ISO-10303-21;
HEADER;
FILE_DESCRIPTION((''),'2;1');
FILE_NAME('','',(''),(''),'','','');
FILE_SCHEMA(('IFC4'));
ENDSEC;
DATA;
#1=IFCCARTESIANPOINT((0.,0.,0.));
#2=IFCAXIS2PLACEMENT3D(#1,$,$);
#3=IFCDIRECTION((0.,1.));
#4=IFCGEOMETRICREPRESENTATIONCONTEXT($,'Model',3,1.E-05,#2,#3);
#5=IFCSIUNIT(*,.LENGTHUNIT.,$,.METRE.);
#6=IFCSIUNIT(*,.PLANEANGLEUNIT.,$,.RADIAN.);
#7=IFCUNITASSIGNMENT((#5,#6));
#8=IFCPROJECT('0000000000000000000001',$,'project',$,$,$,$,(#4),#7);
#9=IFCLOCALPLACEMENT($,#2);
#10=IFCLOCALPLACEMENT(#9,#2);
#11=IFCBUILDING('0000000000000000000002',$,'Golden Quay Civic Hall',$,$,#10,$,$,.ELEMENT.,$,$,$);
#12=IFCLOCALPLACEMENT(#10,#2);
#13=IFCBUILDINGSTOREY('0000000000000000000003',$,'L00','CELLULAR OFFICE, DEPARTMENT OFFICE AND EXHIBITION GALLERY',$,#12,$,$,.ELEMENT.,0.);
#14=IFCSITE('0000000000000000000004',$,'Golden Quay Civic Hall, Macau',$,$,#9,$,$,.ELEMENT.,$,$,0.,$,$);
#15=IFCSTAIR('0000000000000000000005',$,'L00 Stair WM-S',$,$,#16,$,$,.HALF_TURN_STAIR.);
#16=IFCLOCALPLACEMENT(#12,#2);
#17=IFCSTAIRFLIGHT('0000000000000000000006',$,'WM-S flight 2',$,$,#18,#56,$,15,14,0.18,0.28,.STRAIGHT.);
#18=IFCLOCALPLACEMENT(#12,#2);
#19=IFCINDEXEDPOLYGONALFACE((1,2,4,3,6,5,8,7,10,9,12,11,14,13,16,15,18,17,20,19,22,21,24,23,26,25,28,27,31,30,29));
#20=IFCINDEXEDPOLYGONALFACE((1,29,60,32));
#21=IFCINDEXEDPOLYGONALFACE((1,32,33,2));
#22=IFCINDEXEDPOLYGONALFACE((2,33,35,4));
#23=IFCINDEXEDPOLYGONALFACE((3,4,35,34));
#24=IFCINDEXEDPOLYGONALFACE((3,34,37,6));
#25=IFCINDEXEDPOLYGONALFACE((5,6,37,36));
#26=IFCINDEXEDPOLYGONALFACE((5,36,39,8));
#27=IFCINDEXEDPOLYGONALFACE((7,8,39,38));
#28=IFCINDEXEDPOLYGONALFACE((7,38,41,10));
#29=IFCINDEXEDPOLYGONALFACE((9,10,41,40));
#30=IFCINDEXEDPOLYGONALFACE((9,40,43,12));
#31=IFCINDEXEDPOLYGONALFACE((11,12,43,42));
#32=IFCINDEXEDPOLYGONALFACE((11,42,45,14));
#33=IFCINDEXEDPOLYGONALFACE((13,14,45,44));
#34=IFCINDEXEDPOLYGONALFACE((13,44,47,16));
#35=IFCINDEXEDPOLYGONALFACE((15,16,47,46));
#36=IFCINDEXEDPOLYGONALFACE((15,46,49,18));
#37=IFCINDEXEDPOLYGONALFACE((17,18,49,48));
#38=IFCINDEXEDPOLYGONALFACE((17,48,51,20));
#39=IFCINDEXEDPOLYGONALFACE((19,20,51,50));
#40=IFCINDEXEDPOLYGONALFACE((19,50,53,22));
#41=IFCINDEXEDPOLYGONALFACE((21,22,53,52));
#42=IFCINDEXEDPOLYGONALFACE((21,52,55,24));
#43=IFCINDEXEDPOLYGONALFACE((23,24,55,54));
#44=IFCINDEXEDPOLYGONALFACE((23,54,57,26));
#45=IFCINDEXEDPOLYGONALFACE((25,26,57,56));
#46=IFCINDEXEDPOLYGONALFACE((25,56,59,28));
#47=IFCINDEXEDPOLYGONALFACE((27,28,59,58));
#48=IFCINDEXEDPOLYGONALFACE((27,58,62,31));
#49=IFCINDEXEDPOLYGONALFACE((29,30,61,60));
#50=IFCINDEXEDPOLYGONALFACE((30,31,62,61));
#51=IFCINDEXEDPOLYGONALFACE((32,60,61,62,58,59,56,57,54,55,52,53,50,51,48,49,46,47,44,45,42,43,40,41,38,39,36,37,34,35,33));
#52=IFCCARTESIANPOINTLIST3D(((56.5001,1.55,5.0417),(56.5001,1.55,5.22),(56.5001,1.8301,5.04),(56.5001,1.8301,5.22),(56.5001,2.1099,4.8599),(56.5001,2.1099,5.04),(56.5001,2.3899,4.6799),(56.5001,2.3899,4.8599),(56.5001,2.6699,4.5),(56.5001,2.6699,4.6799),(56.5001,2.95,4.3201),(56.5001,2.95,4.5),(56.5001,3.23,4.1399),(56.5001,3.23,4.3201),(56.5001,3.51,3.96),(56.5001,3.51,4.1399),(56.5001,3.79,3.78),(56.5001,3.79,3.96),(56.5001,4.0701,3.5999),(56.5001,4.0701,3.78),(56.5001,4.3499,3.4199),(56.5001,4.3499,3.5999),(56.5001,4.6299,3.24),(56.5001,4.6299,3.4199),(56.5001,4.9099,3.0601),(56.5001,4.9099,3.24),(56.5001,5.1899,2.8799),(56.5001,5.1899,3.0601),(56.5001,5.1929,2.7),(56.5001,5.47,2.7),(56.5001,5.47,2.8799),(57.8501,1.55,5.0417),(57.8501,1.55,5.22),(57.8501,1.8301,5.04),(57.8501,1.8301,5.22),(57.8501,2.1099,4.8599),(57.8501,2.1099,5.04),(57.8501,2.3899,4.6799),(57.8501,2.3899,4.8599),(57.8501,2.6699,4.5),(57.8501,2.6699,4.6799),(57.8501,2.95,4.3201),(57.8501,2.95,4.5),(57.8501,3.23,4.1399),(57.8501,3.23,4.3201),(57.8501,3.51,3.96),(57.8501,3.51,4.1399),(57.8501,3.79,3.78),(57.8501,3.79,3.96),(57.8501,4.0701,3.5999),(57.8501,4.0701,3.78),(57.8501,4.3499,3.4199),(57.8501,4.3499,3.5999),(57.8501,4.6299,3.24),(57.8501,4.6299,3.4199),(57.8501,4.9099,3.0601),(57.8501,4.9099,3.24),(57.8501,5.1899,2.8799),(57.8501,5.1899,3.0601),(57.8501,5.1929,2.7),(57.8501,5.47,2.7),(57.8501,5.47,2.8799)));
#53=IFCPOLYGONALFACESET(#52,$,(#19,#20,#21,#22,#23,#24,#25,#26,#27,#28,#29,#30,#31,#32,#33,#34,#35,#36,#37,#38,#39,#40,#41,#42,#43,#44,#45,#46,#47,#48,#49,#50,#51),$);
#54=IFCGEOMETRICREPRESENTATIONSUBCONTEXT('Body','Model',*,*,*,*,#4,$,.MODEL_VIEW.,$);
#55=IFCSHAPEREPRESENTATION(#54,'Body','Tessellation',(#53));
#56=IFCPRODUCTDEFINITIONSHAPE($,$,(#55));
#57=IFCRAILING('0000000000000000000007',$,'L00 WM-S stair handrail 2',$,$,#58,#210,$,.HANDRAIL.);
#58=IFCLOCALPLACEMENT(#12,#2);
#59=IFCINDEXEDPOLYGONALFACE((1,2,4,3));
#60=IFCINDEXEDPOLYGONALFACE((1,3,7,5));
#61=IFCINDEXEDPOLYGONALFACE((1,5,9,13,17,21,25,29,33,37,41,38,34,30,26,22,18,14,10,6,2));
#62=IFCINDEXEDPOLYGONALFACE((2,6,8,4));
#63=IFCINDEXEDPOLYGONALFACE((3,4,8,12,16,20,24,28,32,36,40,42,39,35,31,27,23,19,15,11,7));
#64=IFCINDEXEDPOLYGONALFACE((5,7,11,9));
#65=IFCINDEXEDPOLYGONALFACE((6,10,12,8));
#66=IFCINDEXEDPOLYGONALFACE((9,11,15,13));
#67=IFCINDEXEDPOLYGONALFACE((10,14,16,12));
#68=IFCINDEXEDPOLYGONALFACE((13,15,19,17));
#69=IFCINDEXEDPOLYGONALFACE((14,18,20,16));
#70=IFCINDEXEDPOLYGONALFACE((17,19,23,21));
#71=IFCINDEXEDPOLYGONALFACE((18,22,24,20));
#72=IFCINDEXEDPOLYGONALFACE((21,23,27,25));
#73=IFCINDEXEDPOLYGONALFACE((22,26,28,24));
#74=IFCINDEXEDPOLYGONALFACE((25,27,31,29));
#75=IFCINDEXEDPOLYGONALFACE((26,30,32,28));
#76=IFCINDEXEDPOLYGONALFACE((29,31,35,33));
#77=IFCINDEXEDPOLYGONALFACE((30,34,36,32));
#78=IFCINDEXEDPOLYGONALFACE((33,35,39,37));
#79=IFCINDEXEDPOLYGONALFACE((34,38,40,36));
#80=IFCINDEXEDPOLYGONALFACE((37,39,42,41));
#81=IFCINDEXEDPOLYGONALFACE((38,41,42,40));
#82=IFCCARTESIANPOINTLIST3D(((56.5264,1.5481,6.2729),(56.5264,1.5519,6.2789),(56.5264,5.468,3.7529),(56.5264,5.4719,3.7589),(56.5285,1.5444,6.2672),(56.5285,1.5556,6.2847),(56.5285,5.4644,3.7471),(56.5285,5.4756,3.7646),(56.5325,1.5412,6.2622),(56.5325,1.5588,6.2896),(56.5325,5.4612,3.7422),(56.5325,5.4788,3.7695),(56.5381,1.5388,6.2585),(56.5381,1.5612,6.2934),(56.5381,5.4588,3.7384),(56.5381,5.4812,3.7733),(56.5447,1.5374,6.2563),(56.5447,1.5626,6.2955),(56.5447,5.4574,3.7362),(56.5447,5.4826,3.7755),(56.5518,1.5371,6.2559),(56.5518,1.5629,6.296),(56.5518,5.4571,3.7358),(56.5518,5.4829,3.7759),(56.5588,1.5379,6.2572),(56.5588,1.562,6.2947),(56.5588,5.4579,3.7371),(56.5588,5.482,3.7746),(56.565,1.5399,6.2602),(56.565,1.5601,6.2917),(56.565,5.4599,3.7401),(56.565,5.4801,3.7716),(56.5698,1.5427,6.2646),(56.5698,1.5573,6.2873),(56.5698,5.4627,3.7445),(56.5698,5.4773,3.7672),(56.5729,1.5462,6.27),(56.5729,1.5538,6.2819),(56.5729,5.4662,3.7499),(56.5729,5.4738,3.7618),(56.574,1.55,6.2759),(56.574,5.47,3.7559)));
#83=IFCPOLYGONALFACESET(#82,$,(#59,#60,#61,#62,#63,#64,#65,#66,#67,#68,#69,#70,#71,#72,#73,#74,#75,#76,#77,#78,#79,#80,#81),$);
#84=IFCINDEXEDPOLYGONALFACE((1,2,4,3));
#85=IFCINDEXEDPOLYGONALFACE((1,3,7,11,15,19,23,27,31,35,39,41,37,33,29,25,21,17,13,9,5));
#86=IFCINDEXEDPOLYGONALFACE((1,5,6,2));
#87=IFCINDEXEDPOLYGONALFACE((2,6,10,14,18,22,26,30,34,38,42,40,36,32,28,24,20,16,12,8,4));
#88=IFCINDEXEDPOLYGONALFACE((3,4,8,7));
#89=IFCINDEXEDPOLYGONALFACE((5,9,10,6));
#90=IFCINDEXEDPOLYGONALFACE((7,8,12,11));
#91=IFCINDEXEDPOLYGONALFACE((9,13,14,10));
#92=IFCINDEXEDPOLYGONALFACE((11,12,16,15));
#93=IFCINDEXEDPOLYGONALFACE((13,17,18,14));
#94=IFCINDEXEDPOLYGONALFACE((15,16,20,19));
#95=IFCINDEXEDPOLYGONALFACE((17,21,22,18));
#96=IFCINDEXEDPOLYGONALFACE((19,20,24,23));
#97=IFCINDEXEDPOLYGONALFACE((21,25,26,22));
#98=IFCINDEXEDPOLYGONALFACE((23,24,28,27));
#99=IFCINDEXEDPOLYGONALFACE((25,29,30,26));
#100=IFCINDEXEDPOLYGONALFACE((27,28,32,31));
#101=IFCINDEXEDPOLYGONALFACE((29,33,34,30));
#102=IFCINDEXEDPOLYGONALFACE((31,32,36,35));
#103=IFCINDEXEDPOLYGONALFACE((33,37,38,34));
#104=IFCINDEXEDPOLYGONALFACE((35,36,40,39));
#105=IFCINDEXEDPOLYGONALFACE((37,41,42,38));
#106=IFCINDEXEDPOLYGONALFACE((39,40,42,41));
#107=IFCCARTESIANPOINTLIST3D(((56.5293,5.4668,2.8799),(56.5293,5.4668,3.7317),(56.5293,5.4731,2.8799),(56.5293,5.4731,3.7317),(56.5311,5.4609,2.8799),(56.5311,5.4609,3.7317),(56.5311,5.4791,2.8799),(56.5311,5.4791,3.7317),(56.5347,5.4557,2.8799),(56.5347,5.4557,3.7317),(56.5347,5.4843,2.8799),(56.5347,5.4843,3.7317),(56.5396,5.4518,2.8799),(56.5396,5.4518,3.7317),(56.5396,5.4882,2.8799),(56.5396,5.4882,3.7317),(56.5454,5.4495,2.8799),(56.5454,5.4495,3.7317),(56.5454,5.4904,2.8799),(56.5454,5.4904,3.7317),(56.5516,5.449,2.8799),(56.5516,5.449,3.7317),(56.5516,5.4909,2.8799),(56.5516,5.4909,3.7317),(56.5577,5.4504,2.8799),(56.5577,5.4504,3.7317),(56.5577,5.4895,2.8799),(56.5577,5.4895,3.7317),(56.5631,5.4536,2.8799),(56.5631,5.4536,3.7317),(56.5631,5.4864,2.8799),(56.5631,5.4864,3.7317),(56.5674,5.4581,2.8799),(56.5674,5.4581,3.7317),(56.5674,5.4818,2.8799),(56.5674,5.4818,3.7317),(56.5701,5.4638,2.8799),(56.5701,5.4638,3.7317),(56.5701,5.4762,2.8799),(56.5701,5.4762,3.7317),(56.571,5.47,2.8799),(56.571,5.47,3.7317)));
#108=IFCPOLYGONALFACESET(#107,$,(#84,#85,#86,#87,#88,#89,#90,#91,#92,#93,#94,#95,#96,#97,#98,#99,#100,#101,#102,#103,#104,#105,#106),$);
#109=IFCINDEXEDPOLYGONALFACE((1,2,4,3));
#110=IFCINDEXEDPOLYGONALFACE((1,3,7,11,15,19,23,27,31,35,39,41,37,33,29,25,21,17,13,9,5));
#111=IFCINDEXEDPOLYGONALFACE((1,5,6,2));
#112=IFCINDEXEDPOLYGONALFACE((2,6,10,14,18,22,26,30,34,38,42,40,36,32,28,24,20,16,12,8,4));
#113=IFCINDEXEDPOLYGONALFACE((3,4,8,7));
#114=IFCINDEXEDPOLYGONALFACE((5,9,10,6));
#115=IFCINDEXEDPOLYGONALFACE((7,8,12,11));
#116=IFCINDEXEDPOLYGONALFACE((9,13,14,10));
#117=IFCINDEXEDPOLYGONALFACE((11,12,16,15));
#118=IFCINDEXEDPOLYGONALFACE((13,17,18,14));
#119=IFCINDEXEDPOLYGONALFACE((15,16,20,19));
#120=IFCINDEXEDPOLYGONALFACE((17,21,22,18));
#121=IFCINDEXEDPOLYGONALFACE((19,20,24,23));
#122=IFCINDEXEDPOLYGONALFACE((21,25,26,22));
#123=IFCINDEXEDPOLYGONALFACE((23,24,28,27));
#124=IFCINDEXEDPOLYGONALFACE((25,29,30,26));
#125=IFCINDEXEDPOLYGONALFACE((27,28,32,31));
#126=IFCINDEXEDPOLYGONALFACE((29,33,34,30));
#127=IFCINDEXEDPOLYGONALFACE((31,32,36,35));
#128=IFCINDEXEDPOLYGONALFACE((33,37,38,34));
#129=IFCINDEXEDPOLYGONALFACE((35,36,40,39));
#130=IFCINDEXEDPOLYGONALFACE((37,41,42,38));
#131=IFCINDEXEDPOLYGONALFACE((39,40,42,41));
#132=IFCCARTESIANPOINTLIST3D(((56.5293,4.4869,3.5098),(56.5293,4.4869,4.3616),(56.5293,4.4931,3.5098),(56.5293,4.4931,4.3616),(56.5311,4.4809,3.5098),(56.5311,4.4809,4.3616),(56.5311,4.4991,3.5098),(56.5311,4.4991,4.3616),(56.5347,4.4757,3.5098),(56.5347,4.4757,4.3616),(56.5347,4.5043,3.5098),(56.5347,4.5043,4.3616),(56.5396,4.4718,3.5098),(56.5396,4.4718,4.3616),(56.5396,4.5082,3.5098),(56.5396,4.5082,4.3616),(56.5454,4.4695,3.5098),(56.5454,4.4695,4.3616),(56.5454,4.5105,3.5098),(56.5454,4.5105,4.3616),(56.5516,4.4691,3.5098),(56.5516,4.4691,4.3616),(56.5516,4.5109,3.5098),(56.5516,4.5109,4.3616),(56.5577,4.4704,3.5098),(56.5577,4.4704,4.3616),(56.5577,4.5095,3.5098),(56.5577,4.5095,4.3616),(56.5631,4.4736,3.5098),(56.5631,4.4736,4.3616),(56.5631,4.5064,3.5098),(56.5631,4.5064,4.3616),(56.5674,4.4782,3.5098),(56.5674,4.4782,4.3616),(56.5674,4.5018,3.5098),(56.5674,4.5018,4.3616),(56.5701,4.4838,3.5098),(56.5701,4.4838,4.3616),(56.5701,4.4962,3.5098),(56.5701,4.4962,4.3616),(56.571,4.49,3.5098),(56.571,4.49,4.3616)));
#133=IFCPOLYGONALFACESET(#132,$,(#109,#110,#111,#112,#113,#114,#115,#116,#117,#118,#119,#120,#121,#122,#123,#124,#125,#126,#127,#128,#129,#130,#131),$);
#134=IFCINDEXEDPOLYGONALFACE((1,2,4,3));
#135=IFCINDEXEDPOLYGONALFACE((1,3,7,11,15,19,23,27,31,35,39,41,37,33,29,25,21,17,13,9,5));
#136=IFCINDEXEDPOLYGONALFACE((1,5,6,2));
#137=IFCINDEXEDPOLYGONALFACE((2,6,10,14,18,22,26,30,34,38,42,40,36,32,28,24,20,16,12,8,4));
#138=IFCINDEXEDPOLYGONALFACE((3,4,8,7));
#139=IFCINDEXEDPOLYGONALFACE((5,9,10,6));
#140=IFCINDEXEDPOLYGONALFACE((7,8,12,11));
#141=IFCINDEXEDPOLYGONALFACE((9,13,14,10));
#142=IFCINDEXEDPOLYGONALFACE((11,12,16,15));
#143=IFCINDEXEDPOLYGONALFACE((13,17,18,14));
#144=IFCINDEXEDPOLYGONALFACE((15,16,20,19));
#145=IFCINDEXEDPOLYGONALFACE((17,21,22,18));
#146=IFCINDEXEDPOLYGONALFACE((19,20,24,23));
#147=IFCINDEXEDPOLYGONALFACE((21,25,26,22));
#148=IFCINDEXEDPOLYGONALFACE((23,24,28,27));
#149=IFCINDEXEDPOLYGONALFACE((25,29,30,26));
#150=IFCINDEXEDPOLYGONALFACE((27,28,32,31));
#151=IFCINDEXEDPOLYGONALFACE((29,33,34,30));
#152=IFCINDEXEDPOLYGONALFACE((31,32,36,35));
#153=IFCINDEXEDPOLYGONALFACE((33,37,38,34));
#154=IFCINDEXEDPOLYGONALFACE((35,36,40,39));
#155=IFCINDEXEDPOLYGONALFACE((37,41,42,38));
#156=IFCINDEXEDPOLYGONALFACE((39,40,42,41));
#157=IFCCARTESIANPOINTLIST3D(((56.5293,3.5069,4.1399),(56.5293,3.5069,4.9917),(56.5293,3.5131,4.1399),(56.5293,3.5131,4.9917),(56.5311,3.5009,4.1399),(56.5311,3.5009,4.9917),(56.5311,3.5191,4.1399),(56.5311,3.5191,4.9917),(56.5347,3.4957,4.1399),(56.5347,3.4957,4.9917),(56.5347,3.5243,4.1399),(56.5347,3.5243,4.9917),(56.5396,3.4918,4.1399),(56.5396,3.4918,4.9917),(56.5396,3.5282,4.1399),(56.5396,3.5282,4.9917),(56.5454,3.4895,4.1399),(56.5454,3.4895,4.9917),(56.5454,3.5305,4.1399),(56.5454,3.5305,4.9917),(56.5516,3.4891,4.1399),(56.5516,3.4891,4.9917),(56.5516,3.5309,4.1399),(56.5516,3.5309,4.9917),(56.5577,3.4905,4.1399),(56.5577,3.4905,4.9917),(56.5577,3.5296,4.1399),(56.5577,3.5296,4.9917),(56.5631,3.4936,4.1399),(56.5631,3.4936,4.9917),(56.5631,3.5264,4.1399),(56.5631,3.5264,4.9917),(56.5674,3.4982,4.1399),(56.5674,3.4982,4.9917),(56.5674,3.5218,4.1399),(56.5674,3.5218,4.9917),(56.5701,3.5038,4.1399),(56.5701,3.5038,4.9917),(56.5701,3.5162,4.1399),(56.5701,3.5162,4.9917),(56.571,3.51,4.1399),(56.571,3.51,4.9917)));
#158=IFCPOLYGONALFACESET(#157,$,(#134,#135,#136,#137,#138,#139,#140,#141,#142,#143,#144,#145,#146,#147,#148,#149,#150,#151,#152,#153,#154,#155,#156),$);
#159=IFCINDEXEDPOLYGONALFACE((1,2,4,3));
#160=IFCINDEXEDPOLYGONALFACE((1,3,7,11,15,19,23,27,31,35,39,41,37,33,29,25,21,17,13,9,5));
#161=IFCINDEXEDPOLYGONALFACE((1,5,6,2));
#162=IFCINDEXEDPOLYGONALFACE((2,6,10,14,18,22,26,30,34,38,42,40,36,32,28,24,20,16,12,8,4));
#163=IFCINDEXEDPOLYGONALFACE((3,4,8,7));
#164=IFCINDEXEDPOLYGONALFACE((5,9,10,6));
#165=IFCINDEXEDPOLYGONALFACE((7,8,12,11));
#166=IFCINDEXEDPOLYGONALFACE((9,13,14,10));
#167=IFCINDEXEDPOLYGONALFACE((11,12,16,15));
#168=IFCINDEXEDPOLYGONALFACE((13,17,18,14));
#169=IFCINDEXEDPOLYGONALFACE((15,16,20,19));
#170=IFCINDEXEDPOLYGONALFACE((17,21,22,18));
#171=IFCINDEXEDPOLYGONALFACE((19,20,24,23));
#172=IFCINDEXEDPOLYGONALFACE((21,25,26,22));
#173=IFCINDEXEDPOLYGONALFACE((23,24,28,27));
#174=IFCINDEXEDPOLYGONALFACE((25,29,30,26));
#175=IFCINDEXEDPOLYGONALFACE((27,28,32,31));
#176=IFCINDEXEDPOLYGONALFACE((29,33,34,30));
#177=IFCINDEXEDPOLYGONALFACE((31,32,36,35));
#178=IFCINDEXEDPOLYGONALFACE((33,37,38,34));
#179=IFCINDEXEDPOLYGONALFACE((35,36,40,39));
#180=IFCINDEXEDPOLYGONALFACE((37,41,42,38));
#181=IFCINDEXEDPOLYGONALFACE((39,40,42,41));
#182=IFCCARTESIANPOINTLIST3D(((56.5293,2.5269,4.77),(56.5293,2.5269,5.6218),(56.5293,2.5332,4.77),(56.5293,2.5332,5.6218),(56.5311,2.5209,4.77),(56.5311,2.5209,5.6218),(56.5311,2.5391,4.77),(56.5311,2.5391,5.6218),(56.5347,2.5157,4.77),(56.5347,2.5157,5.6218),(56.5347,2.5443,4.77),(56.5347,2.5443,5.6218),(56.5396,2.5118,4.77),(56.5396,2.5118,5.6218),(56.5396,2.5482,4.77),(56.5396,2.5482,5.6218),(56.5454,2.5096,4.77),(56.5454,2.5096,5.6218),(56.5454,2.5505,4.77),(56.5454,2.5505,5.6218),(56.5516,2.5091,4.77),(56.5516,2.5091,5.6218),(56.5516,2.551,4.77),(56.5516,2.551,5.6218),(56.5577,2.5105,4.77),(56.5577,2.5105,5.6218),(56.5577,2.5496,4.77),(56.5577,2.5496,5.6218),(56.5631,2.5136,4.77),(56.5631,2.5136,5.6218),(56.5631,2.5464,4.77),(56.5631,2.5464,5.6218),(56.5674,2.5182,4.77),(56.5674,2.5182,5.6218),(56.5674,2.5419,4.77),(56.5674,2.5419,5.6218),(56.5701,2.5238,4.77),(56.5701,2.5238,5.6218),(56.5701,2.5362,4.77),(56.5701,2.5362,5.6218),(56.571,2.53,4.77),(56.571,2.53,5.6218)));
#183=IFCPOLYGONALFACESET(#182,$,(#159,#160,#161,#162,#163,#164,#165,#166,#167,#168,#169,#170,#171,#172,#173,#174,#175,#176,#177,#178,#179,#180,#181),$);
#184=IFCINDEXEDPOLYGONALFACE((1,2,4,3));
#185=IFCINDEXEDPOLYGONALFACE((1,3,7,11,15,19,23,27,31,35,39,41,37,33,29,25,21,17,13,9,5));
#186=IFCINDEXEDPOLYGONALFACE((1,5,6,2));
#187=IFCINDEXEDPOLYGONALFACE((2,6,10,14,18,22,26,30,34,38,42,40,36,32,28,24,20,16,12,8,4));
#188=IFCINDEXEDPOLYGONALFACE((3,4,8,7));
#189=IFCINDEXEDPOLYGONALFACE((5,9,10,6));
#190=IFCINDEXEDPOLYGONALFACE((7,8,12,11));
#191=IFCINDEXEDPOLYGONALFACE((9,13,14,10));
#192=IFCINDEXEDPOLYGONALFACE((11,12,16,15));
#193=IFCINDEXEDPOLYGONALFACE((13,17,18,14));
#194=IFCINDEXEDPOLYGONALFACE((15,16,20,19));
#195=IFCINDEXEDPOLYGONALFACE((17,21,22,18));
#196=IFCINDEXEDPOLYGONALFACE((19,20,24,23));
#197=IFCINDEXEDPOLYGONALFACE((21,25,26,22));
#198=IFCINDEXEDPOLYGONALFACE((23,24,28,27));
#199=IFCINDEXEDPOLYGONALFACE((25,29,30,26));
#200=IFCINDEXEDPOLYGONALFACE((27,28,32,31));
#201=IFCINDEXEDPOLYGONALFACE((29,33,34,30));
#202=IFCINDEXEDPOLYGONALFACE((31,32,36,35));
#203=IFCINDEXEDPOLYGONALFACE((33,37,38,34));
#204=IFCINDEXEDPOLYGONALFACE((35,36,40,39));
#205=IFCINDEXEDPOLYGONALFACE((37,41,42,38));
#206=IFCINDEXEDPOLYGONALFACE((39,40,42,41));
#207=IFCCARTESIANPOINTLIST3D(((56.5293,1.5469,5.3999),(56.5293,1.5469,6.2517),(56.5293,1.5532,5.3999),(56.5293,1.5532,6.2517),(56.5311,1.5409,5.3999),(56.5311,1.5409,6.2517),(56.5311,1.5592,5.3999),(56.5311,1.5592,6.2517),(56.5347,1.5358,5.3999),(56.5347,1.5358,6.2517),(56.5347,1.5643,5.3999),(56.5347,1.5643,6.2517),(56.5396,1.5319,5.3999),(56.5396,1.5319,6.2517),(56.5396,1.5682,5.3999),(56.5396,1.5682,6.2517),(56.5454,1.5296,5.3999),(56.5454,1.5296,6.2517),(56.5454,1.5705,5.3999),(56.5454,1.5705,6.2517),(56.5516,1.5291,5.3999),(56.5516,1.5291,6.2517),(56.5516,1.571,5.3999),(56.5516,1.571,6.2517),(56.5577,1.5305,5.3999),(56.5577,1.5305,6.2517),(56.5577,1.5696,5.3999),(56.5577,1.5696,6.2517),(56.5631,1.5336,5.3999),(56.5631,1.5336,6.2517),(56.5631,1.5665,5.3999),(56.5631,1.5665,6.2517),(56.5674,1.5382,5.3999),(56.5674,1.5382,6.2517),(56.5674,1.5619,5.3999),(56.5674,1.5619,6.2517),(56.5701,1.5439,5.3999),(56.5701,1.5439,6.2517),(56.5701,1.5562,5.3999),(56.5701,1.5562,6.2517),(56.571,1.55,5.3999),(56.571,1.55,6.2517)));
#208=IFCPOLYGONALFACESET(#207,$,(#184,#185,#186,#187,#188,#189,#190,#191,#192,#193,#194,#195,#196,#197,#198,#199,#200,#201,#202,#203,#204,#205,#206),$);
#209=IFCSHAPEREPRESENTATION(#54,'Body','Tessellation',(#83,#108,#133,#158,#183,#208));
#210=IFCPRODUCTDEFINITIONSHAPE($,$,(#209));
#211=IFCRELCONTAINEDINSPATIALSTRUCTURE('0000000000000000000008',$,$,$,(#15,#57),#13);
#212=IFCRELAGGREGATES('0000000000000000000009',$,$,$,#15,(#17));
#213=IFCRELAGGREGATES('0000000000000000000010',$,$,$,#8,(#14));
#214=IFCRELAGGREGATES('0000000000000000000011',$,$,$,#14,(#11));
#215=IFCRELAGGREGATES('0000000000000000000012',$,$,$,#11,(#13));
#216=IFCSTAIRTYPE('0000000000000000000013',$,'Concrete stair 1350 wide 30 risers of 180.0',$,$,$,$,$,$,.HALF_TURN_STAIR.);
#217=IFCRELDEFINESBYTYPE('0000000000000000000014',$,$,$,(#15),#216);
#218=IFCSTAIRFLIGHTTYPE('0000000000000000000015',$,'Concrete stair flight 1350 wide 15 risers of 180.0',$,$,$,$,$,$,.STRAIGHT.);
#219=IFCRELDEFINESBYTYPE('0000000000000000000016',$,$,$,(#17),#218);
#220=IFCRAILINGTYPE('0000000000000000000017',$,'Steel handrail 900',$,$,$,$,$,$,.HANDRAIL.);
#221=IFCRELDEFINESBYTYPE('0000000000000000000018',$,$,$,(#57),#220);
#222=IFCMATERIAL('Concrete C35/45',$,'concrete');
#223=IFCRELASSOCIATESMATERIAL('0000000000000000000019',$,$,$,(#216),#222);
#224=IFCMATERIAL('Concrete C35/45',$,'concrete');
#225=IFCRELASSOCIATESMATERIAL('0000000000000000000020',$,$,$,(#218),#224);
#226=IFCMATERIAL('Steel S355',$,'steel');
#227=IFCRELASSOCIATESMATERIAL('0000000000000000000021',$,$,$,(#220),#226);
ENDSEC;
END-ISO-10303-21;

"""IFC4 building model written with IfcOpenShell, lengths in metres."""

from ifc_helpers import new_model, si_unit, direction, frame, origin, origin_2d, place, context, subcontext, project, spatial, polyline, circle, outline, extrude, material, type_object, element, aggregate, save


model = new_model("IFC4")

# Units and contexts
model_context = context("Model", 3, precision=1e-05, world=origin(), true_north=direction((0.0, 1.0)))
body_context = subcontext(model_context, "Body", "Model", "MODEL_VIEW")
ifc_project = project(units=[si_unit("LENGTHUNIT", "METRE"), si_unit("PLANEANGLEUNIT", "RADIAN")], contexts=[model_context])

# Site, building, storey
site_placement = place(None, origin())
site = spatial("IfcSite", under=ifc_project, at=site_placement, Name="Golden Quay Civic Hall, Macau", CompositionType="ELEMENT", RefElevation=0.0)
building_placement = place(site_placement, origin())
building = spatial("IfcBuilding", under=site, at=building_placement, Name="Golden Quay Civic Hall", CompositionType="ELEMENT")
storey_placement = place(building_placement, origin())
storey = spatial("IfcBuildingStorey", under=building, at=storey_placement, Name="L00", Description="CELLULAR OFFICE, DEPARTMENT OFFICE AND EXHIBITION GALLERY", CompositionType="ELEMENT", Elevation=0.0)

# Stair, stair flight
ifc_material_1 = material(Name="Concrete C35/45", Category="concrete")
stair_type = type_object("IfcStairType", Name="Concrete stair 1350 wide 30 risers of 180.0", PredefinedType="HALF_TURN_STAIR", material=ifc_material_1)
stair_placement = place(storey_placement, origin())
stair = element("IfcStair", 1, at=stair_placement, inside=storey, type_object=stair_type, Name="L00 Stair WM-S", PredefinedType="HALF_TURN_STAIR")
ifc_material_2 = material(Name="Concrete C35/45", Category="concrete")
stair_flight_type = type_object("IfcStairFlightType", Name="Concrete stair flight 1350 wide 15 risers of 180.0", PredefinedType="STRAIGHT", material=ifc_material_2)
stair_flight_placement = place(storey_placement, frame((57.175, 5.47, 2.7), z_axis=(0.0, 0.0, 1.0), x_axis=(0.0, -1.0, 0.0)))
stair_flight = element("IfcStairFlight", 2, at=stair_flight_placement, type_object=stair_flight_type, Name="WM-S flight 2", NumberOfRisers=15, NumberOfTreads=14, PredefinedType="STRAIGHT", RiserHeight=0.18, TreadLength=0.28, context=body_context, shape_type="SweptSolid", body=[
    extrude(outline(polyline([(0.0, 0.0), (0.0, 0.1799), (0.28, 0.1799), (0.28, 0.3601), (0.5601, 0.3601), (0.5601, 0.54), (0.8401, 0.54), (0.8401, 0.72), (1.1201, 0.72), (1.1201, 0.8999), (1.3999, 0.8999), (1.3999, 1.0801), (1.6799, 1.0801), (1.6799, 1.26), (1.96, 1.26), (1.96, 1.4399), (2.24, 1.4399), (2.24, 1.6201), (2.52, 1.6201), (2.52, 1.8), (2.8, 1.8), (2.8, 1.98), (3.0801, 1.98), (3.0801, 2.1599), (3.3601, 2.1599), (3.3601, 2.3401), (3.6399, 2.3401), (3.6399, 2.52), (3.9199, 2.52), (3.9199, 2.7), (3.9199, 2.3418), (0.2771, 0.0), (0.0, 0.0)])), frame((0.0, 0.675, 0.0), z_axis=(0.0, -1.0, 0.0), x_axis=(1.0, 0.0, 0.0)), (0.0, 0.0, 1.0), 1.35),
])
aggregate(stair, [stair_flight])

# Railing
ifc_material_3 = material(Name="Steel S355", Category="steel")
railing_type = type_object("IfcRailingType", Name="Steel handrail 900", PredefinedType="HANDRAIL", material=ifc_material_3)
railing_placement = place(storey_placement, frame((56.55, 5.47, 2.8799)))
element("IfcRailing", 3, at=railing_placement, inside=storey, type_object=railing_type, Name="L00 WM-S stair handrail 2", PredefinedType="HANDRAIL", context=body_context, shape_type="SweptSolid", body=[
    extrude(circle(Radius=0.0239, at=origin_2d()), frame((0.0, 0.0, 0.876), z_axis=(0.0, -0.841172, 0.540768), x_axis=(1.0, 0.0, 0.0)), (0.0, 0.0, 1.0), 4.6602),
    extrude(circle(Radius=0.021, at=origin_2d()), origin(), (0.0, 0.0, 1.0), 0.8518),
    extrude(circle(Radius=0.021, at=origin_2d()), frame((0.0, -0.98, 0.6299)), (0.0, 0.0, 1.0), 0.8518),
    extrude(circle(Radius=0.021, at=origin_2d()), frame((0.0, -1.96, 1.26)), (0.0, 0.0, 1.0), 0.8518),
    extrude(circle(Radius=0.021, at=origin_2d()), frame((0.0, -2.9399, 1.8901)), (0.0, 0.0, 1.0), 0.8518),
    extrude(circle(Radius=0.021, at=origin_2d()), frame((0.0, -3.9199, 2.52)), (0.0, 0.0, 1.0), 0.8518),
])

save(model, "model.ifc")
